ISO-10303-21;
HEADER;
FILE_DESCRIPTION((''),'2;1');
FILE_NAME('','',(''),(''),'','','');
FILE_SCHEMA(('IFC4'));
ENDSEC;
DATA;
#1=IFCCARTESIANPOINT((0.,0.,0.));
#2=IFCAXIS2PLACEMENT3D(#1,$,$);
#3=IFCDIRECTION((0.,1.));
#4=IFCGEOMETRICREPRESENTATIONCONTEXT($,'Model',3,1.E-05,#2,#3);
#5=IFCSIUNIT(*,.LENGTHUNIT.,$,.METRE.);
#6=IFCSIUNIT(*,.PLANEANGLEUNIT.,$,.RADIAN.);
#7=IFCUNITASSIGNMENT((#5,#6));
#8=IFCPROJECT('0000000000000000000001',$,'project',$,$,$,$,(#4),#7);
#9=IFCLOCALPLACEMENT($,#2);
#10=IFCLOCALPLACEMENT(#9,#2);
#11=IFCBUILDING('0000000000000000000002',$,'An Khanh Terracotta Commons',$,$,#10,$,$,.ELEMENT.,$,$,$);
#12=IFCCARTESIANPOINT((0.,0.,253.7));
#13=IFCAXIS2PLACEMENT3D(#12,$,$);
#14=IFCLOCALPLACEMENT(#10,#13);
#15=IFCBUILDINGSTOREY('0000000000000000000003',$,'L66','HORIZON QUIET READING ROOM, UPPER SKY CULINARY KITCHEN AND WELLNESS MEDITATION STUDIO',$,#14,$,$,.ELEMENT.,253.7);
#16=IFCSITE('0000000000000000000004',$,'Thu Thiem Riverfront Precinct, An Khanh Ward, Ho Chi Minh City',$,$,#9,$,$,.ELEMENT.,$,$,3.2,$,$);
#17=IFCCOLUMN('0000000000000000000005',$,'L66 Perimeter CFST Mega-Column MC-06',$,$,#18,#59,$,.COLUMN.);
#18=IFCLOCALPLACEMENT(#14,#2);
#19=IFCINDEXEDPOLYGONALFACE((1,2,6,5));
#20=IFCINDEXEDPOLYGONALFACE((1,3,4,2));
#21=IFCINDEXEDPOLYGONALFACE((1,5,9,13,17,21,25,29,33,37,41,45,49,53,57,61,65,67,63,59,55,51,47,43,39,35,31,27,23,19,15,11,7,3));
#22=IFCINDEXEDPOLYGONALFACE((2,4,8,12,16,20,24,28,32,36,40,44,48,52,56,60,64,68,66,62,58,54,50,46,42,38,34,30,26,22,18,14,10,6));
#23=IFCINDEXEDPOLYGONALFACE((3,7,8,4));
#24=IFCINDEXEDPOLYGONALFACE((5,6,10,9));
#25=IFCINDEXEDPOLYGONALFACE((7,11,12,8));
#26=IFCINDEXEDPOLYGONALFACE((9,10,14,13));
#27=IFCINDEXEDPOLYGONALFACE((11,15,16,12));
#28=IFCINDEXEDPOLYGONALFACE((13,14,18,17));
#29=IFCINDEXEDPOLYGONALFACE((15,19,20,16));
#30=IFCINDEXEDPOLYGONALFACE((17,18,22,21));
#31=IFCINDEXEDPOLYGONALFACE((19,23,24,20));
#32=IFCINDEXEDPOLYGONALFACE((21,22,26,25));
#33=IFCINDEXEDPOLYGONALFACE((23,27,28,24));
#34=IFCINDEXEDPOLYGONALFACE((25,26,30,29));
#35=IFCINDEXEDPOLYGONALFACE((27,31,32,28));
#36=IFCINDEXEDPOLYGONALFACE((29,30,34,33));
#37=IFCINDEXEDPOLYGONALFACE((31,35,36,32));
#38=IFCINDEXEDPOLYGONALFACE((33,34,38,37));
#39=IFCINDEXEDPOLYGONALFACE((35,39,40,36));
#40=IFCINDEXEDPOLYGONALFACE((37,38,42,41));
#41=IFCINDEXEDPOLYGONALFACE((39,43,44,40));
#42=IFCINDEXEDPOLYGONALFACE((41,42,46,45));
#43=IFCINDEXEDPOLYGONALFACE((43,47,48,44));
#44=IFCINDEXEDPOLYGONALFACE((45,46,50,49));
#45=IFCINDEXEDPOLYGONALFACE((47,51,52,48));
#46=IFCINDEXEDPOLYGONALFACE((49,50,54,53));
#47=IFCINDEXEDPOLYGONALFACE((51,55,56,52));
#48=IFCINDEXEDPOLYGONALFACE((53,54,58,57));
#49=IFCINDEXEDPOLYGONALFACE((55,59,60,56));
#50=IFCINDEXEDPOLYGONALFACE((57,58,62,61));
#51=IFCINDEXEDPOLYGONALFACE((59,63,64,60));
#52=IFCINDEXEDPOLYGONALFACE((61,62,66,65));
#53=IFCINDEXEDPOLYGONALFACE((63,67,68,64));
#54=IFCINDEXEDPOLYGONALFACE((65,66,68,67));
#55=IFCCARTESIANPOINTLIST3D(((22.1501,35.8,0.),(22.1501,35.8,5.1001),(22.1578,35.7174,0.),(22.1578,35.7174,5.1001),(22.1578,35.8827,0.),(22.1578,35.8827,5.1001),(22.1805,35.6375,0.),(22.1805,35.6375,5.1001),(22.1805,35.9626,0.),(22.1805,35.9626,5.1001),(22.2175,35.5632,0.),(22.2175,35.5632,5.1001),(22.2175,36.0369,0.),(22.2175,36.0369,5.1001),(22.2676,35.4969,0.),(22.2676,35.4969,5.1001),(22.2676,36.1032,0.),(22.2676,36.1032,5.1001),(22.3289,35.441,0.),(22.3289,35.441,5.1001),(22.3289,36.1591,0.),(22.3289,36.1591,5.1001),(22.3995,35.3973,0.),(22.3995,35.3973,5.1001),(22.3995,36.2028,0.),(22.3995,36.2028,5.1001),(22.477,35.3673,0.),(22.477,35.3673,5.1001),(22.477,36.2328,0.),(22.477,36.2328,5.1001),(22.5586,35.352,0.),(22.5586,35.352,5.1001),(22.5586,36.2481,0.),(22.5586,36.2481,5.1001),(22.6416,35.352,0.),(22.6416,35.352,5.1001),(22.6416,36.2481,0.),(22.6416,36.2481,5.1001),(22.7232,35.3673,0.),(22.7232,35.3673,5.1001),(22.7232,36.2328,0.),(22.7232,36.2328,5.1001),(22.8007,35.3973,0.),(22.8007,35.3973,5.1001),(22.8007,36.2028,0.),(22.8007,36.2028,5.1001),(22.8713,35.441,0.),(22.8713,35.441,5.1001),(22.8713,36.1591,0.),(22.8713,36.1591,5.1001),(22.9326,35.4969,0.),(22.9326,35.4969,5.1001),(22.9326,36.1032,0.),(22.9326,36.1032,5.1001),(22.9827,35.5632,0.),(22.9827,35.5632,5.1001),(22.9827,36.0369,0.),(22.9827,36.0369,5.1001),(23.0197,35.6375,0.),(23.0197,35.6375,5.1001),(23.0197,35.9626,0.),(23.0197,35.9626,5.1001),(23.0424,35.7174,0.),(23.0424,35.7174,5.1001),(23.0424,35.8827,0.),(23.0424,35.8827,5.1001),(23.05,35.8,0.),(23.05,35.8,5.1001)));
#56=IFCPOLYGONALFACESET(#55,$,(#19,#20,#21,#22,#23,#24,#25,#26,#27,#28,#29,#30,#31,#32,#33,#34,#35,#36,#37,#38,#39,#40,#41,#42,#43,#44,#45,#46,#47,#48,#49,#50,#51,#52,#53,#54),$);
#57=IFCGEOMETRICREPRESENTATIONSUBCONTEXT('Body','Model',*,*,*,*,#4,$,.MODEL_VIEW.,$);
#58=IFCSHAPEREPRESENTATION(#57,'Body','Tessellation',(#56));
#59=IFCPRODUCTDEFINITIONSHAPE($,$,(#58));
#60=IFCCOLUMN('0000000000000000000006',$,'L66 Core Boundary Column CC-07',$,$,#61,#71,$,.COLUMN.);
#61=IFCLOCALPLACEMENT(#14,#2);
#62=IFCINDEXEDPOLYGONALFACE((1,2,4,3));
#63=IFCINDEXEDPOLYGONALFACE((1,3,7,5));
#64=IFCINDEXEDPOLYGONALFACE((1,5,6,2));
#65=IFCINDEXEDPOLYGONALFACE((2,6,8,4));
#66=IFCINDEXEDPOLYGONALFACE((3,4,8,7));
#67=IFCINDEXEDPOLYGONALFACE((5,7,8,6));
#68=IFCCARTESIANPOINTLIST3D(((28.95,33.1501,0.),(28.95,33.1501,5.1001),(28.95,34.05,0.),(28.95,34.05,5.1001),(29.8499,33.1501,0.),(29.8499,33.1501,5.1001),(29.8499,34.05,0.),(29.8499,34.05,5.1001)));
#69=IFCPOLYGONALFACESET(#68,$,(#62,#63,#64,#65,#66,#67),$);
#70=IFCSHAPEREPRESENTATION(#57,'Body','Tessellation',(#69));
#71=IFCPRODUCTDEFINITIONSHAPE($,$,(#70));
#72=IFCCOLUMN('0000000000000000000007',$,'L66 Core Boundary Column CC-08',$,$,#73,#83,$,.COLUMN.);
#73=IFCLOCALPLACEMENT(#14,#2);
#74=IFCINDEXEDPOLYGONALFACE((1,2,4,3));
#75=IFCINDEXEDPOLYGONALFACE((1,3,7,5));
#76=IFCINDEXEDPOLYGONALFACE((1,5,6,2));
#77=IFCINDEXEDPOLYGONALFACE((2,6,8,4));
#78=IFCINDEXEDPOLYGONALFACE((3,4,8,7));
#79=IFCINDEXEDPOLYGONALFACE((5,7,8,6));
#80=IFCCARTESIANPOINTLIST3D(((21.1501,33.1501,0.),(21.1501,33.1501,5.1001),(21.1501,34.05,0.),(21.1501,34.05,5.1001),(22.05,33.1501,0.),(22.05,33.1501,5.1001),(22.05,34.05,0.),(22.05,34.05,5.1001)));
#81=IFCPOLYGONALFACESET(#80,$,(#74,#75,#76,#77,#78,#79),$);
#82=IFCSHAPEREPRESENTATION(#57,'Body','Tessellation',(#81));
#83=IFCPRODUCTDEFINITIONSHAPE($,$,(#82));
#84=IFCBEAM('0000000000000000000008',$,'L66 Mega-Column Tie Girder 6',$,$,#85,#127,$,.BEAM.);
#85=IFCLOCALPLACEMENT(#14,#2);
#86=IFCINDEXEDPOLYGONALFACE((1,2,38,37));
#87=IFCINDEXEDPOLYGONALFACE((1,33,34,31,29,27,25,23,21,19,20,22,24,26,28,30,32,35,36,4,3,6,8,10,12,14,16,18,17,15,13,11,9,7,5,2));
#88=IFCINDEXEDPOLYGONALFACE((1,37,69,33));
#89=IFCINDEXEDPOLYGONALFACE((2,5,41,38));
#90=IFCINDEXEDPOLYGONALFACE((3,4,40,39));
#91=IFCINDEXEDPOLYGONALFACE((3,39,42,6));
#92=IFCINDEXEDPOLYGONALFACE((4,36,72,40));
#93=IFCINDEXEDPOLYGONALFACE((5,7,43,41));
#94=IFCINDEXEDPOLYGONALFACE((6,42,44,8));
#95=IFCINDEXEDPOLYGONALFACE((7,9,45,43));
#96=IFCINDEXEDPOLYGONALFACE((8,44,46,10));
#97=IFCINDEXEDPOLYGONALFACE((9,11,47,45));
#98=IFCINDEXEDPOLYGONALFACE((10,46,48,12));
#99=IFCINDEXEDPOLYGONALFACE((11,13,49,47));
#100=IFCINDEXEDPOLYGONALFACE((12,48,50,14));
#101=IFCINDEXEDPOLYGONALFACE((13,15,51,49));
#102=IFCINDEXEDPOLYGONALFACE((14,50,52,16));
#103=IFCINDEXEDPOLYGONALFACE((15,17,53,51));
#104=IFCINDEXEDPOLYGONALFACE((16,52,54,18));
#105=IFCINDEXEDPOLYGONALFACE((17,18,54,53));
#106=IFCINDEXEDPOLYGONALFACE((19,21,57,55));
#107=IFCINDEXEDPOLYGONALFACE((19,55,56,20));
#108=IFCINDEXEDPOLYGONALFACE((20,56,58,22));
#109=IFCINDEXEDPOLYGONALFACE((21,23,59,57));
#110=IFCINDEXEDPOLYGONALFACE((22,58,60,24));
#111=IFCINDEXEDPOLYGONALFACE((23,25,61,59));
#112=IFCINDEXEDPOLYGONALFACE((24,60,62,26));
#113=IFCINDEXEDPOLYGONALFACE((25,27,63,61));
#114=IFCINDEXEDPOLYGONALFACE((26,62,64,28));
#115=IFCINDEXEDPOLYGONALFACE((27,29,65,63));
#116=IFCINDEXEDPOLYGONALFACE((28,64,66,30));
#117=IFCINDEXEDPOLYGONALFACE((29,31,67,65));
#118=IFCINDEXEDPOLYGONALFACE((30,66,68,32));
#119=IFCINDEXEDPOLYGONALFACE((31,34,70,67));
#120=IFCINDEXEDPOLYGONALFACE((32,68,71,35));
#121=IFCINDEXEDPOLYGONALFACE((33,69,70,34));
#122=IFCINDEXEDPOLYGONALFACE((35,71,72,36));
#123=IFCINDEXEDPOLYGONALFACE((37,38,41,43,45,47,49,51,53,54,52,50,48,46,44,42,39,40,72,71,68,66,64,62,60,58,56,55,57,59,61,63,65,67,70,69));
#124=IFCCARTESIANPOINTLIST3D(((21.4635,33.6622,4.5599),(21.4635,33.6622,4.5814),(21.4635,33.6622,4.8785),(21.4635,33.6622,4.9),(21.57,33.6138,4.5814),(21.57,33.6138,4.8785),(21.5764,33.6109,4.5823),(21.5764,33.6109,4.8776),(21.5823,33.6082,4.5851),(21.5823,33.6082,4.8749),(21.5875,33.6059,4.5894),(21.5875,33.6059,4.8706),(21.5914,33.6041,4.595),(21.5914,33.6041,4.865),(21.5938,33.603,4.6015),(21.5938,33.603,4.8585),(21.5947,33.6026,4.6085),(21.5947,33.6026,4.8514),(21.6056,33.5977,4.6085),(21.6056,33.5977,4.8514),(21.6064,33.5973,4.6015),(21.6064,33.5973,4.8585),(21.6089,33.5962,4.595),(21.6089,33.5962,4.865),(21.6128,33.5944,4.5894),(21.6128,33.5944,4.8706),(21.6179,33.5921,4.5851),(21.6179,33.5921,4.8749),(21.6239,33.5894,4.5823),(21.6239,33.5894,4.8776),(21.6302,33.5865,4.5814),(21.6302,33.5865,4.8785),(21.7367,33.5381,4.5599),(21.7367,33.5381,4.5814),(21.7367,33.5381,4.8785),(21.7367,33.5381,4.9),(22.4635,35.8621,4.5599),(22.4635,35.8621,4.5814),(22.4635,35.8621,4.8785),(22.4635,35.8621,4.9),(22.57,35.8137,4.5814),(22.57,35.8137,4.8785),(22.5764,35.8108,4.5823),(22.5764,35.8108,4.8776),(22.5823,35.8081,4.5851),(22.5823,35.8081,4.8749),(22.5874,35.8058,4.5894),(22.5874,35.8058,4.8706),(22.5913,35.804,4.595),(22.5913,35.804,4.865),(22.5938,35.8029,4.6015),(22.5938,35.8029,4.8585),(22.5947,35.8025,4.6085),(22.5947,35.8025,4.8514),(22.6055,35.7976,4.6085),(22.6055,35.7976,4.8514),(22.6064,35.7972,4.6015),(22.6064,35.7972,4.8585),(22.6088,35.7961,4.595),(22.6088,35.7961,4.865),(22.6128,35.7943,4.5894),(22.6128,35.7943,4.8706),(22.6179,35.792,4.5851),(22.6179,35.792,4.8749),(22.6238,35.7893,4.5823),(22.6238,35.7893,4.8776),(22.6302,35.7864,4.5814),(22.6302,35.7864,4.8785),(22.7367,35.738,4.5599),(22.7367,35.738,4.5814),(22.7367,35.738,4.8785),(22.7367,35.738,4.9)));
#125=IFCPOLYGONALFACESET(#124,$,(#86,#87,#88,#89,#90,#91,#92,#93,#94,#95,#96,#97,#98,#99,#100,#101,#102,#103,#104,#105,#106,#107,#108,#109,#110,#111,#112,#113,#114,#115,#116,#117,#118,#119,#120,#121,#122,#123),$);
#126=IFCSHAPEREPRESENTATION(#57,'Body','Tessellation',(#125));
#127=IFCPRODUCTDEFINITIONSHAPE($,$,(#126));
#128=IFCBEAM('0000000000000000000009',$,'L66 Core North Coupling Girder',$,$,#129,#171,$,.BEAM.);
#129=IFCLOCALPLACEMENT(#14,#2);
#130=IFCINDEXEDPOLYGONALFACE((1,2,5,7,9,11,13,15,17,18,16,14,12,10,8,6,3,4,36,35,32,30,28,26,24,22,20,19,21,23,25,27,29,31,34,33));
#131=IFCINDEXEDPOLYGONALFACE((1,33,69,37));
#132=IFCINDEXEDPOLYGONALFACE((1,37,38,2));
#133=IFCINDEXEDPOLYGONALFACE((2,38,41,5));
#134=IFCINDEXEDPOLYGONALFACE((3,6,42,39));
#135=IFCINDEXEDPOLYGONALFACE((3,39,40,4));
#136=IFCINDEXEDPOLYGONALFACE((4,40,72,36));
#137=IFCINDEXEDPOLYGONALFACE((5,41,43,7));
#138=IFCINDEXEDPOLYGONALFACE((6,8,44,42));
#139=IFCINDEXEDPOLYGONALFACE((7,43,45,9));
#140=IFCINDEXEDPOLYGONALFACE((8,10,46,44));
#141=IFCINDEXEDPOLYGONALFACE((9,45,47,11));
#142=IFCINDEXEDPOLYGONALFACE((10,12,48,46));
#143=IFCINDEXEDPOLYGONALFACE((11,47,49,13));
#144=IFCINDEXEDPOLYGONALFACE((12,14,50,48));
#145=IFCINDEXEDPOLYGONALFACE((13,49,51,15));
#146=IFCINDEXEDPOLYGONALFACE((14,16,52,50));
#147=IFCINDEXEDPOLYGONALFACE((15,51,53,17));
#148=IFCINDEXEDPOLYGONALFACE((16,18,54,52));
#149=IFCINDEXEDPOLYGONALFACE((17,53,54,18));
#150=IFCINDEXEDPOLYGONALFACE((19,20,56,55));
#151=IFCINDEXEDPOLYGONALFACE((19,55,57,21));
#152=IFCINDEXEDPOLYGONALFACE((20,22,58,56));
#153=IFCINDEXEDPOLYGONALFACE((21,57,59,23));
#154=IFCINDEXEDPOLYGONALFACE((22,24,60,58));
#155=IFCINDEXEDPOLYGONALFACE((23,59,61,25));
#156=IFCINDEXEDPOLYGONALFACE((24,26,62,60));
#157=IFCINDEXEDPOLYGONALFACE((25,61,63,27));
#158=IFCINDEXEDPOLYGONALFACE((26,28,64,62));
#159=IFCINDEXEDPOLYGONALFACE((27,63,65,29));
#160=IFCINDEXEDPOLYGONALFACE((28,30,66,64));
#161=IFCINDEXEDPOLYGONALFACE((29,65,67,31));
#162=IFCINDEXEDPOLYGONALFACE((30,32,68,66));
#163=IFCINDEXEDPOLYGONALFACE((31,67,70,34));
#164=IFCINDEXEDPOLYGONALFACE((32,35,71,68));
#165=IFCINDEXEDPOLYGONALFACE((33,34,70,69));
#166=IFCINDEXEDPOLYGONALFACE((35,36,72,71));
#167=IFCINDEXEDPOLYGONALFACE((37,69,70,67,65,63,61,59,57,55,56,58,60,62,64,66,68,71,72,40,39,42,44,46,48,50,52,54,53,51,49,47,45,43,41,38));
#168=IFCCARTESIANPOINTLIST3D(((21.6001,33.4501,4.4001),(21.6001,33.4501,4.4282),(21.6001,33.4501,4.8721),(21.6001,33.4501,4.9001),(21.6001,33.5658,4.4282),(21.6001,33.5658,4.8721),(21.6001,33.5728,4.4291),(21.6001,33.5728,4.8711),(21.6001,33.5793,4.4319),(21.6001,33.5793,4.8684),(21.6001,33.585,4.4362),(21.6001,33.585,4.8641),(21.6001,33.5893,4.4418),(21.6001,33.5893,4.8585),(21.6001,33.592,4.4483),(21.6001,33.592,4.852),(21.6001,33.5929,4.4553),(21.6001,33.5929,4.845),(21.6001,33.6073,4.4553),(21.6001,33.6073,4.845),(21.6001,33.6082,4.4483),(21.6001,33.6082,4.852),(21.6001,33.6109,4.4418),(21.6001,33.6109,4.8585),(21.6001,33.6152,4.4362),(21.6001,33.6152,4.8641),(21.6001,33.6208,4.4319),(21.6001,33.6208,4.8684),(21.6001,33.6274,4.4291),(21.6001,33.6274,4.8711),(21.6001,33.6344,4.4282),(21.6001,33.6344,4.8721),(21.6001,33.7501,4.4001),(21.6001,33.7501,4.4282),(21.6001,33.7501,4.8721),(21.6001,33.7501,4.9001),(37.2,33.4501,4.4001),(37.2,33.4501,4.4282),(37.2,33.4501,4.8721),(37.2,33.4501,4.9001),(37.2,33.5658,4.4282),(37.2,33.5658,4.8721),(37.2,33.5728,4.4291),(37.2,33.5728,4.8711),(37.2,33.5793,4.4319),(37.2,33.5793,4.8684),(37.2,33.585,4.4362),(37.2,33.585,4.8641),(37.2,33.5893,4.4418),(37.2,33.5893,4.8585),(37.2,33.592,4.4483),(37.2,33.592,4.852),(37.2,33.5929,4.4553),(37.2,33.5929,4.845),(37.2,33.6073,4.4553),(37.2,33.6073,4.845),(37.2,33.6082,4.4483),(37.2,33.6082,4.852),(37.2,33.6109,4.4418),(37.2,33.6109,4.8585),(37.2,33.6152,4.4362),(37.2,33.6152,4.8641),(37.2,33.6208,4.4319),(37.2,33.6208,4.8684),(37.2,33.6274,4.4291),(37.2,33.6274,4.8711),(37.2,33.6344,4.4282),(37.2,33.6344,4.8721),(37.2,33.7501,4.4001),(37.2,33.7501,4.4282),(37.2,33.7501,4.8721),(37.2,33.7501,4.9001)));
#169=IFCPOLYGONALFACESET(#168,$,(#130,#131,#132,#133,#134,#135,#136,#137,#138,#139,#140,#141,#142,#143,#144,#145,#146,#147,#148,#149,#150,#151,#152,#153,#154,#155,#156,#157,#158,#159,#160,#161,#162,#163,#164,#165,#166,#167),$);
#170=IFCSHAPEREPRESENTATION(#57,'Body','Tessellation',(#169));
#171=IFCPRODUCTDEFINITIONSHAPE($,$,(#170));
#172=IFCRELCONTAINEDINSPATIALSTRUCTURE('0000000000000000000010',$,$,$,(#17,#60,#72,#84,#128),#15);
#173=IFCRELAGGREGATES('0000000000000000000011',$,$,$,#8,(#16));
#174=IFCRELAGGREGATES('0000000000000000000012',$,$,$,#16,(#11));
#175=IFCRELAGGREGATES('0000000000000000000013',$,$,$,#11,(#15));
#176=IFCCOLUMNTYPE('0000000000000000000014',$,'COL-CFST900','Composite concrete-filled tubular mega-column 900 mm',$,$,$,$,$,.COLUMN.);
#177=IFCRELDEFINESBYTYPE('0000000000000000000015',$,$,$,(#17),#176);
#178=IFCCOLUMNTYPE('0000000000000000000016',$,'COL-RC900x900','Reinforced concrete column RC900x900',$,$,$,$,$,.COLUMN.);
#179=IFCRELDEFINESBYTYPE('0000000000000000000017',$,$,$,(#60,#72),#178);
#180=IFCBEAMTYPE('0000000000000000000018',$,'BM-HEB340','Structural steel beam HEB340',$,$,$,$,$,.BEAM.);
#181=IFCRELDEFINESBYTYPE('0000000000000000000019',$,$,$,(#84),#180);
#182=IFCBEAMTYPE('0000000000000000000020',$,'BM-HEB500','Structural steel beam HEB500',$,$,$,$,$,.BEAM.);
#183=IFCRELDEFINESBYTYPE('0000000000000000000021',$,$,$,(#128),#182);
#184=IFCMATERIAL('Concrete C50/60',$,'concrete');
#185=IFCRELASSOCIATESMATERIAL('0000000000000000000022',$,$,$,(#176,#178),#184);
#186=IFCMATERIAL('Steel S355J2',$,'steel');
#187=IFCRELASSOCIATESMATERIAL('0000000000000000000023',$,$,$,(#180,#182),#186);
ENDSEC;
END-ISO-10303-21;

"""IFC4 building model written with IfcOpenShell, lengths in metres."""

from ifc_helpers import new_model, si_unit, direction, frame, origin, origin_2d, place, context, subcontext, project, spatial, rectangle, circle, i_section, extrude, material, material_profile, profile_set, type_object, element, save


model = new_model("IFC4")

# Units and contexts
model_context = context("Model", 3, precision=1e-05, world=origin(), true_north=direction((0.0, 1.0)))
body_context = subcontext(model_context, "Body", "Model", "MODEL_VIEW")
ifc_project = project(units=[si_unit("LENGTHUNIT", "METRE"), si_unit("PLANEANGLEUNIT", "RADIAN")], contexts=[model_context])

# Site, building, storey
site_placement = place(None, origin())
site = spatial("IfcSite", under=ifc_project, at=site_placement, Name="Thu Thiem Riverfront Precinct, An Khanh Ward, Ho Chi Minh City", CompositionType="ELEMENT", RefElevation=3.2)
building_placement = place(site_placement, origin())
building = spatial("IfcBuilding", under=site, at=building_placement, Name="An Khanh Terracotta Commons", CompositionType="ELEMENT")
storey_placement = place(building_placement, frame((0.0, 0.0, 253.7)))
storey = spatial("IfcBuildingStorey", under=building, at=storey_placement, Name="L66", Description="HORIZON QUIET READING ROOM, UPPER SKY CULINARY KITCHEN AND WELLNESS MEDITATION STUDIO", CompositionType="ELEMENT", Elevation=253.7)

# Columns
ifc_material_1 = material(Name="Concrete C50/60", Category="concrete")
ifc_material_profile_1 = material_profile(ifc_material_1, circle(Radius=0.45, at=origin_2d()), Name="CFST900")
ifc_profile_set_1 = profile_set([ifc_material_profile_1], Name="Concrete C50/60")
column_type_1 = type_object("IfcColumnType", Name="COL-CFST900", Description="Composite concrete-filled tubular mega-column 900 mm", PredefinedType="COLUMN", material=ifc_profile_set_1)
column_placement = place(storey_placement, frame((22.6001, 35.8, 0.0), z_axis=(0.0, 0.0, 1.0), x_axis=(1.0, 0.0, 0.0)))
element("IfcColumn", 1, at=column_placement, inside=storey, type_object=column_type_1, Name="L66 Perimeter CFST Mega-Column MC-06", PredefinedType="COLUMN", context=body_context, shape_type="SweptSolid", body=[
    extrude(circle(Radius=0.45, at=origin_2d()), origin(), (0.0, 0.0, 1.0), 5.1001),
])
ifc_material_profile_2 = material_profile(ifc_material_1, rectangle(XDim=0.8999, YDim=0.8999, at=origin_2d()), Name="RC900x900")
ifc_profile_set_2 = profile_set([ifc_material_profile_2], Name="Concrete C50/60")
column_type_2 = type_object("IfcColumnType", Name="COL-RC900x900", Description="Reinforced concrete column RC900x900", PredefinedType="COLUMN", material=ifc_profile_set_2)
for number, where, z_axis, x_axis, name in (
    (2, (29.3999, 33.6001, 0.0), (0.0, 0.0, 1.0), (1.0, 0.0, 0.0), "L66 Core Boundary Column CC-07"),
    (3, (21.6001, 33.6001, 0.0), (0.0, 0.0, 1.0), (1.0, 0.0, 0.0), "L66 Core Boundary Column CC-08"),
):
    element("IfcColumn", number, at=place(storey_placement, frame(where, z_axis=z_axis, x_axis=x_axis)), inside=storey, type_object=column_type_2, Name=name, PredefinedType="COLUMN", context=body_context, shape_type="SweptSolid", body=[
        extrude(rectangle(XDim=0.8999, YDim=0.8999, at=origin_2d()), origin(), (0.0, 0.0, 1.0), 5.1001),
    ])

# Beams
ifc_material_2 = material(Name="Steel S355J2", Category="steel")
ifc_material_profile_3 = material_profile(ifc_material_2, i_section(OverallWidth=0.3, OverallDepth=0.3401, WebThickness=0.012, FlangeThickness=0.0215, FilletRadius=0.0271, at=origin_2d()), Name="HEB340")
ifc_profile_set_3 = profile_set([ifc_material_profile_3], Name="Steel S355J2")
beam_type_1 = type_object("IfcBeamType", Name="BM-HEB340", Description="Structural steel beam HEB340", PredefinedType="BEAM", material=ifc_profile_set_3)
beam_1_placement = place(storey_placement, frame((22.6001, 35.8, 4.73), z_axis=(-0.413811, -0.910363, 0.0), x_axis=(0.910363, -0.413811, 0.0)))
element("IfcBeam", 4, at=beam_1_placement, inside=storey, type_object=beam_type_1, Name="L66 Mega-Column Tie Girder 6", PredefinedType="BEAM", context=body_context, shape_type="SweptSolid", body=[
    extrude(i_section(OverallWidth=0.3, OverallDepth=0.3401, WebThickness=0.012, FlangeThickness=0.0215, FilletRadius=0.0271, at=origin_2d()), origin(), (0.0, 0.0, 1.0), 2.4165),
])
ifc_material_profile_4 = material_profile(ifc_material_2, i_section(OverallWidth=0.3, OverallDepth=0.5, WebThickness=0.0144, FlangeThickness=0.0281, FilletRadius=0.0271, at=origin_2d()), Name="HEB500")
ifc_profile_set_4 = profile_set([ifc_material_profile_4], Name="Steel S355J2")
beam_type_2 = type_object("IfcBeamType", Name="BM-HEB500", Description="Structural steel beam HEB500", PredefinedType="BEAM", material=ifc_profile_set_4)
beam_2_placement = place(storey_placement, frame((21.6001, 33.6001, 4.6501), z_axis=(1.0, 0.0, 0.0), x_axis=(0.0, 1.0, 0.0)))
element("IfcBeam", 5, at=beam_2_placement, inside=storey, type_object=beam_type_2, Name="L66 Core North Coupling Girder", PredefinedType="BEAM", context=body_context, shape_type="SweptSolid", body=[
    extrude(i_section(OverallWidth=0.3, OverallDepth=0.5, WebThickness=0.0144, FlangeThickness=0.0281, FilletRadius=0.0271, at=origin_2d()), origin(), (0.0, 0.0, 1.0), 15.5999),
])

save(model, "model.ifc")
